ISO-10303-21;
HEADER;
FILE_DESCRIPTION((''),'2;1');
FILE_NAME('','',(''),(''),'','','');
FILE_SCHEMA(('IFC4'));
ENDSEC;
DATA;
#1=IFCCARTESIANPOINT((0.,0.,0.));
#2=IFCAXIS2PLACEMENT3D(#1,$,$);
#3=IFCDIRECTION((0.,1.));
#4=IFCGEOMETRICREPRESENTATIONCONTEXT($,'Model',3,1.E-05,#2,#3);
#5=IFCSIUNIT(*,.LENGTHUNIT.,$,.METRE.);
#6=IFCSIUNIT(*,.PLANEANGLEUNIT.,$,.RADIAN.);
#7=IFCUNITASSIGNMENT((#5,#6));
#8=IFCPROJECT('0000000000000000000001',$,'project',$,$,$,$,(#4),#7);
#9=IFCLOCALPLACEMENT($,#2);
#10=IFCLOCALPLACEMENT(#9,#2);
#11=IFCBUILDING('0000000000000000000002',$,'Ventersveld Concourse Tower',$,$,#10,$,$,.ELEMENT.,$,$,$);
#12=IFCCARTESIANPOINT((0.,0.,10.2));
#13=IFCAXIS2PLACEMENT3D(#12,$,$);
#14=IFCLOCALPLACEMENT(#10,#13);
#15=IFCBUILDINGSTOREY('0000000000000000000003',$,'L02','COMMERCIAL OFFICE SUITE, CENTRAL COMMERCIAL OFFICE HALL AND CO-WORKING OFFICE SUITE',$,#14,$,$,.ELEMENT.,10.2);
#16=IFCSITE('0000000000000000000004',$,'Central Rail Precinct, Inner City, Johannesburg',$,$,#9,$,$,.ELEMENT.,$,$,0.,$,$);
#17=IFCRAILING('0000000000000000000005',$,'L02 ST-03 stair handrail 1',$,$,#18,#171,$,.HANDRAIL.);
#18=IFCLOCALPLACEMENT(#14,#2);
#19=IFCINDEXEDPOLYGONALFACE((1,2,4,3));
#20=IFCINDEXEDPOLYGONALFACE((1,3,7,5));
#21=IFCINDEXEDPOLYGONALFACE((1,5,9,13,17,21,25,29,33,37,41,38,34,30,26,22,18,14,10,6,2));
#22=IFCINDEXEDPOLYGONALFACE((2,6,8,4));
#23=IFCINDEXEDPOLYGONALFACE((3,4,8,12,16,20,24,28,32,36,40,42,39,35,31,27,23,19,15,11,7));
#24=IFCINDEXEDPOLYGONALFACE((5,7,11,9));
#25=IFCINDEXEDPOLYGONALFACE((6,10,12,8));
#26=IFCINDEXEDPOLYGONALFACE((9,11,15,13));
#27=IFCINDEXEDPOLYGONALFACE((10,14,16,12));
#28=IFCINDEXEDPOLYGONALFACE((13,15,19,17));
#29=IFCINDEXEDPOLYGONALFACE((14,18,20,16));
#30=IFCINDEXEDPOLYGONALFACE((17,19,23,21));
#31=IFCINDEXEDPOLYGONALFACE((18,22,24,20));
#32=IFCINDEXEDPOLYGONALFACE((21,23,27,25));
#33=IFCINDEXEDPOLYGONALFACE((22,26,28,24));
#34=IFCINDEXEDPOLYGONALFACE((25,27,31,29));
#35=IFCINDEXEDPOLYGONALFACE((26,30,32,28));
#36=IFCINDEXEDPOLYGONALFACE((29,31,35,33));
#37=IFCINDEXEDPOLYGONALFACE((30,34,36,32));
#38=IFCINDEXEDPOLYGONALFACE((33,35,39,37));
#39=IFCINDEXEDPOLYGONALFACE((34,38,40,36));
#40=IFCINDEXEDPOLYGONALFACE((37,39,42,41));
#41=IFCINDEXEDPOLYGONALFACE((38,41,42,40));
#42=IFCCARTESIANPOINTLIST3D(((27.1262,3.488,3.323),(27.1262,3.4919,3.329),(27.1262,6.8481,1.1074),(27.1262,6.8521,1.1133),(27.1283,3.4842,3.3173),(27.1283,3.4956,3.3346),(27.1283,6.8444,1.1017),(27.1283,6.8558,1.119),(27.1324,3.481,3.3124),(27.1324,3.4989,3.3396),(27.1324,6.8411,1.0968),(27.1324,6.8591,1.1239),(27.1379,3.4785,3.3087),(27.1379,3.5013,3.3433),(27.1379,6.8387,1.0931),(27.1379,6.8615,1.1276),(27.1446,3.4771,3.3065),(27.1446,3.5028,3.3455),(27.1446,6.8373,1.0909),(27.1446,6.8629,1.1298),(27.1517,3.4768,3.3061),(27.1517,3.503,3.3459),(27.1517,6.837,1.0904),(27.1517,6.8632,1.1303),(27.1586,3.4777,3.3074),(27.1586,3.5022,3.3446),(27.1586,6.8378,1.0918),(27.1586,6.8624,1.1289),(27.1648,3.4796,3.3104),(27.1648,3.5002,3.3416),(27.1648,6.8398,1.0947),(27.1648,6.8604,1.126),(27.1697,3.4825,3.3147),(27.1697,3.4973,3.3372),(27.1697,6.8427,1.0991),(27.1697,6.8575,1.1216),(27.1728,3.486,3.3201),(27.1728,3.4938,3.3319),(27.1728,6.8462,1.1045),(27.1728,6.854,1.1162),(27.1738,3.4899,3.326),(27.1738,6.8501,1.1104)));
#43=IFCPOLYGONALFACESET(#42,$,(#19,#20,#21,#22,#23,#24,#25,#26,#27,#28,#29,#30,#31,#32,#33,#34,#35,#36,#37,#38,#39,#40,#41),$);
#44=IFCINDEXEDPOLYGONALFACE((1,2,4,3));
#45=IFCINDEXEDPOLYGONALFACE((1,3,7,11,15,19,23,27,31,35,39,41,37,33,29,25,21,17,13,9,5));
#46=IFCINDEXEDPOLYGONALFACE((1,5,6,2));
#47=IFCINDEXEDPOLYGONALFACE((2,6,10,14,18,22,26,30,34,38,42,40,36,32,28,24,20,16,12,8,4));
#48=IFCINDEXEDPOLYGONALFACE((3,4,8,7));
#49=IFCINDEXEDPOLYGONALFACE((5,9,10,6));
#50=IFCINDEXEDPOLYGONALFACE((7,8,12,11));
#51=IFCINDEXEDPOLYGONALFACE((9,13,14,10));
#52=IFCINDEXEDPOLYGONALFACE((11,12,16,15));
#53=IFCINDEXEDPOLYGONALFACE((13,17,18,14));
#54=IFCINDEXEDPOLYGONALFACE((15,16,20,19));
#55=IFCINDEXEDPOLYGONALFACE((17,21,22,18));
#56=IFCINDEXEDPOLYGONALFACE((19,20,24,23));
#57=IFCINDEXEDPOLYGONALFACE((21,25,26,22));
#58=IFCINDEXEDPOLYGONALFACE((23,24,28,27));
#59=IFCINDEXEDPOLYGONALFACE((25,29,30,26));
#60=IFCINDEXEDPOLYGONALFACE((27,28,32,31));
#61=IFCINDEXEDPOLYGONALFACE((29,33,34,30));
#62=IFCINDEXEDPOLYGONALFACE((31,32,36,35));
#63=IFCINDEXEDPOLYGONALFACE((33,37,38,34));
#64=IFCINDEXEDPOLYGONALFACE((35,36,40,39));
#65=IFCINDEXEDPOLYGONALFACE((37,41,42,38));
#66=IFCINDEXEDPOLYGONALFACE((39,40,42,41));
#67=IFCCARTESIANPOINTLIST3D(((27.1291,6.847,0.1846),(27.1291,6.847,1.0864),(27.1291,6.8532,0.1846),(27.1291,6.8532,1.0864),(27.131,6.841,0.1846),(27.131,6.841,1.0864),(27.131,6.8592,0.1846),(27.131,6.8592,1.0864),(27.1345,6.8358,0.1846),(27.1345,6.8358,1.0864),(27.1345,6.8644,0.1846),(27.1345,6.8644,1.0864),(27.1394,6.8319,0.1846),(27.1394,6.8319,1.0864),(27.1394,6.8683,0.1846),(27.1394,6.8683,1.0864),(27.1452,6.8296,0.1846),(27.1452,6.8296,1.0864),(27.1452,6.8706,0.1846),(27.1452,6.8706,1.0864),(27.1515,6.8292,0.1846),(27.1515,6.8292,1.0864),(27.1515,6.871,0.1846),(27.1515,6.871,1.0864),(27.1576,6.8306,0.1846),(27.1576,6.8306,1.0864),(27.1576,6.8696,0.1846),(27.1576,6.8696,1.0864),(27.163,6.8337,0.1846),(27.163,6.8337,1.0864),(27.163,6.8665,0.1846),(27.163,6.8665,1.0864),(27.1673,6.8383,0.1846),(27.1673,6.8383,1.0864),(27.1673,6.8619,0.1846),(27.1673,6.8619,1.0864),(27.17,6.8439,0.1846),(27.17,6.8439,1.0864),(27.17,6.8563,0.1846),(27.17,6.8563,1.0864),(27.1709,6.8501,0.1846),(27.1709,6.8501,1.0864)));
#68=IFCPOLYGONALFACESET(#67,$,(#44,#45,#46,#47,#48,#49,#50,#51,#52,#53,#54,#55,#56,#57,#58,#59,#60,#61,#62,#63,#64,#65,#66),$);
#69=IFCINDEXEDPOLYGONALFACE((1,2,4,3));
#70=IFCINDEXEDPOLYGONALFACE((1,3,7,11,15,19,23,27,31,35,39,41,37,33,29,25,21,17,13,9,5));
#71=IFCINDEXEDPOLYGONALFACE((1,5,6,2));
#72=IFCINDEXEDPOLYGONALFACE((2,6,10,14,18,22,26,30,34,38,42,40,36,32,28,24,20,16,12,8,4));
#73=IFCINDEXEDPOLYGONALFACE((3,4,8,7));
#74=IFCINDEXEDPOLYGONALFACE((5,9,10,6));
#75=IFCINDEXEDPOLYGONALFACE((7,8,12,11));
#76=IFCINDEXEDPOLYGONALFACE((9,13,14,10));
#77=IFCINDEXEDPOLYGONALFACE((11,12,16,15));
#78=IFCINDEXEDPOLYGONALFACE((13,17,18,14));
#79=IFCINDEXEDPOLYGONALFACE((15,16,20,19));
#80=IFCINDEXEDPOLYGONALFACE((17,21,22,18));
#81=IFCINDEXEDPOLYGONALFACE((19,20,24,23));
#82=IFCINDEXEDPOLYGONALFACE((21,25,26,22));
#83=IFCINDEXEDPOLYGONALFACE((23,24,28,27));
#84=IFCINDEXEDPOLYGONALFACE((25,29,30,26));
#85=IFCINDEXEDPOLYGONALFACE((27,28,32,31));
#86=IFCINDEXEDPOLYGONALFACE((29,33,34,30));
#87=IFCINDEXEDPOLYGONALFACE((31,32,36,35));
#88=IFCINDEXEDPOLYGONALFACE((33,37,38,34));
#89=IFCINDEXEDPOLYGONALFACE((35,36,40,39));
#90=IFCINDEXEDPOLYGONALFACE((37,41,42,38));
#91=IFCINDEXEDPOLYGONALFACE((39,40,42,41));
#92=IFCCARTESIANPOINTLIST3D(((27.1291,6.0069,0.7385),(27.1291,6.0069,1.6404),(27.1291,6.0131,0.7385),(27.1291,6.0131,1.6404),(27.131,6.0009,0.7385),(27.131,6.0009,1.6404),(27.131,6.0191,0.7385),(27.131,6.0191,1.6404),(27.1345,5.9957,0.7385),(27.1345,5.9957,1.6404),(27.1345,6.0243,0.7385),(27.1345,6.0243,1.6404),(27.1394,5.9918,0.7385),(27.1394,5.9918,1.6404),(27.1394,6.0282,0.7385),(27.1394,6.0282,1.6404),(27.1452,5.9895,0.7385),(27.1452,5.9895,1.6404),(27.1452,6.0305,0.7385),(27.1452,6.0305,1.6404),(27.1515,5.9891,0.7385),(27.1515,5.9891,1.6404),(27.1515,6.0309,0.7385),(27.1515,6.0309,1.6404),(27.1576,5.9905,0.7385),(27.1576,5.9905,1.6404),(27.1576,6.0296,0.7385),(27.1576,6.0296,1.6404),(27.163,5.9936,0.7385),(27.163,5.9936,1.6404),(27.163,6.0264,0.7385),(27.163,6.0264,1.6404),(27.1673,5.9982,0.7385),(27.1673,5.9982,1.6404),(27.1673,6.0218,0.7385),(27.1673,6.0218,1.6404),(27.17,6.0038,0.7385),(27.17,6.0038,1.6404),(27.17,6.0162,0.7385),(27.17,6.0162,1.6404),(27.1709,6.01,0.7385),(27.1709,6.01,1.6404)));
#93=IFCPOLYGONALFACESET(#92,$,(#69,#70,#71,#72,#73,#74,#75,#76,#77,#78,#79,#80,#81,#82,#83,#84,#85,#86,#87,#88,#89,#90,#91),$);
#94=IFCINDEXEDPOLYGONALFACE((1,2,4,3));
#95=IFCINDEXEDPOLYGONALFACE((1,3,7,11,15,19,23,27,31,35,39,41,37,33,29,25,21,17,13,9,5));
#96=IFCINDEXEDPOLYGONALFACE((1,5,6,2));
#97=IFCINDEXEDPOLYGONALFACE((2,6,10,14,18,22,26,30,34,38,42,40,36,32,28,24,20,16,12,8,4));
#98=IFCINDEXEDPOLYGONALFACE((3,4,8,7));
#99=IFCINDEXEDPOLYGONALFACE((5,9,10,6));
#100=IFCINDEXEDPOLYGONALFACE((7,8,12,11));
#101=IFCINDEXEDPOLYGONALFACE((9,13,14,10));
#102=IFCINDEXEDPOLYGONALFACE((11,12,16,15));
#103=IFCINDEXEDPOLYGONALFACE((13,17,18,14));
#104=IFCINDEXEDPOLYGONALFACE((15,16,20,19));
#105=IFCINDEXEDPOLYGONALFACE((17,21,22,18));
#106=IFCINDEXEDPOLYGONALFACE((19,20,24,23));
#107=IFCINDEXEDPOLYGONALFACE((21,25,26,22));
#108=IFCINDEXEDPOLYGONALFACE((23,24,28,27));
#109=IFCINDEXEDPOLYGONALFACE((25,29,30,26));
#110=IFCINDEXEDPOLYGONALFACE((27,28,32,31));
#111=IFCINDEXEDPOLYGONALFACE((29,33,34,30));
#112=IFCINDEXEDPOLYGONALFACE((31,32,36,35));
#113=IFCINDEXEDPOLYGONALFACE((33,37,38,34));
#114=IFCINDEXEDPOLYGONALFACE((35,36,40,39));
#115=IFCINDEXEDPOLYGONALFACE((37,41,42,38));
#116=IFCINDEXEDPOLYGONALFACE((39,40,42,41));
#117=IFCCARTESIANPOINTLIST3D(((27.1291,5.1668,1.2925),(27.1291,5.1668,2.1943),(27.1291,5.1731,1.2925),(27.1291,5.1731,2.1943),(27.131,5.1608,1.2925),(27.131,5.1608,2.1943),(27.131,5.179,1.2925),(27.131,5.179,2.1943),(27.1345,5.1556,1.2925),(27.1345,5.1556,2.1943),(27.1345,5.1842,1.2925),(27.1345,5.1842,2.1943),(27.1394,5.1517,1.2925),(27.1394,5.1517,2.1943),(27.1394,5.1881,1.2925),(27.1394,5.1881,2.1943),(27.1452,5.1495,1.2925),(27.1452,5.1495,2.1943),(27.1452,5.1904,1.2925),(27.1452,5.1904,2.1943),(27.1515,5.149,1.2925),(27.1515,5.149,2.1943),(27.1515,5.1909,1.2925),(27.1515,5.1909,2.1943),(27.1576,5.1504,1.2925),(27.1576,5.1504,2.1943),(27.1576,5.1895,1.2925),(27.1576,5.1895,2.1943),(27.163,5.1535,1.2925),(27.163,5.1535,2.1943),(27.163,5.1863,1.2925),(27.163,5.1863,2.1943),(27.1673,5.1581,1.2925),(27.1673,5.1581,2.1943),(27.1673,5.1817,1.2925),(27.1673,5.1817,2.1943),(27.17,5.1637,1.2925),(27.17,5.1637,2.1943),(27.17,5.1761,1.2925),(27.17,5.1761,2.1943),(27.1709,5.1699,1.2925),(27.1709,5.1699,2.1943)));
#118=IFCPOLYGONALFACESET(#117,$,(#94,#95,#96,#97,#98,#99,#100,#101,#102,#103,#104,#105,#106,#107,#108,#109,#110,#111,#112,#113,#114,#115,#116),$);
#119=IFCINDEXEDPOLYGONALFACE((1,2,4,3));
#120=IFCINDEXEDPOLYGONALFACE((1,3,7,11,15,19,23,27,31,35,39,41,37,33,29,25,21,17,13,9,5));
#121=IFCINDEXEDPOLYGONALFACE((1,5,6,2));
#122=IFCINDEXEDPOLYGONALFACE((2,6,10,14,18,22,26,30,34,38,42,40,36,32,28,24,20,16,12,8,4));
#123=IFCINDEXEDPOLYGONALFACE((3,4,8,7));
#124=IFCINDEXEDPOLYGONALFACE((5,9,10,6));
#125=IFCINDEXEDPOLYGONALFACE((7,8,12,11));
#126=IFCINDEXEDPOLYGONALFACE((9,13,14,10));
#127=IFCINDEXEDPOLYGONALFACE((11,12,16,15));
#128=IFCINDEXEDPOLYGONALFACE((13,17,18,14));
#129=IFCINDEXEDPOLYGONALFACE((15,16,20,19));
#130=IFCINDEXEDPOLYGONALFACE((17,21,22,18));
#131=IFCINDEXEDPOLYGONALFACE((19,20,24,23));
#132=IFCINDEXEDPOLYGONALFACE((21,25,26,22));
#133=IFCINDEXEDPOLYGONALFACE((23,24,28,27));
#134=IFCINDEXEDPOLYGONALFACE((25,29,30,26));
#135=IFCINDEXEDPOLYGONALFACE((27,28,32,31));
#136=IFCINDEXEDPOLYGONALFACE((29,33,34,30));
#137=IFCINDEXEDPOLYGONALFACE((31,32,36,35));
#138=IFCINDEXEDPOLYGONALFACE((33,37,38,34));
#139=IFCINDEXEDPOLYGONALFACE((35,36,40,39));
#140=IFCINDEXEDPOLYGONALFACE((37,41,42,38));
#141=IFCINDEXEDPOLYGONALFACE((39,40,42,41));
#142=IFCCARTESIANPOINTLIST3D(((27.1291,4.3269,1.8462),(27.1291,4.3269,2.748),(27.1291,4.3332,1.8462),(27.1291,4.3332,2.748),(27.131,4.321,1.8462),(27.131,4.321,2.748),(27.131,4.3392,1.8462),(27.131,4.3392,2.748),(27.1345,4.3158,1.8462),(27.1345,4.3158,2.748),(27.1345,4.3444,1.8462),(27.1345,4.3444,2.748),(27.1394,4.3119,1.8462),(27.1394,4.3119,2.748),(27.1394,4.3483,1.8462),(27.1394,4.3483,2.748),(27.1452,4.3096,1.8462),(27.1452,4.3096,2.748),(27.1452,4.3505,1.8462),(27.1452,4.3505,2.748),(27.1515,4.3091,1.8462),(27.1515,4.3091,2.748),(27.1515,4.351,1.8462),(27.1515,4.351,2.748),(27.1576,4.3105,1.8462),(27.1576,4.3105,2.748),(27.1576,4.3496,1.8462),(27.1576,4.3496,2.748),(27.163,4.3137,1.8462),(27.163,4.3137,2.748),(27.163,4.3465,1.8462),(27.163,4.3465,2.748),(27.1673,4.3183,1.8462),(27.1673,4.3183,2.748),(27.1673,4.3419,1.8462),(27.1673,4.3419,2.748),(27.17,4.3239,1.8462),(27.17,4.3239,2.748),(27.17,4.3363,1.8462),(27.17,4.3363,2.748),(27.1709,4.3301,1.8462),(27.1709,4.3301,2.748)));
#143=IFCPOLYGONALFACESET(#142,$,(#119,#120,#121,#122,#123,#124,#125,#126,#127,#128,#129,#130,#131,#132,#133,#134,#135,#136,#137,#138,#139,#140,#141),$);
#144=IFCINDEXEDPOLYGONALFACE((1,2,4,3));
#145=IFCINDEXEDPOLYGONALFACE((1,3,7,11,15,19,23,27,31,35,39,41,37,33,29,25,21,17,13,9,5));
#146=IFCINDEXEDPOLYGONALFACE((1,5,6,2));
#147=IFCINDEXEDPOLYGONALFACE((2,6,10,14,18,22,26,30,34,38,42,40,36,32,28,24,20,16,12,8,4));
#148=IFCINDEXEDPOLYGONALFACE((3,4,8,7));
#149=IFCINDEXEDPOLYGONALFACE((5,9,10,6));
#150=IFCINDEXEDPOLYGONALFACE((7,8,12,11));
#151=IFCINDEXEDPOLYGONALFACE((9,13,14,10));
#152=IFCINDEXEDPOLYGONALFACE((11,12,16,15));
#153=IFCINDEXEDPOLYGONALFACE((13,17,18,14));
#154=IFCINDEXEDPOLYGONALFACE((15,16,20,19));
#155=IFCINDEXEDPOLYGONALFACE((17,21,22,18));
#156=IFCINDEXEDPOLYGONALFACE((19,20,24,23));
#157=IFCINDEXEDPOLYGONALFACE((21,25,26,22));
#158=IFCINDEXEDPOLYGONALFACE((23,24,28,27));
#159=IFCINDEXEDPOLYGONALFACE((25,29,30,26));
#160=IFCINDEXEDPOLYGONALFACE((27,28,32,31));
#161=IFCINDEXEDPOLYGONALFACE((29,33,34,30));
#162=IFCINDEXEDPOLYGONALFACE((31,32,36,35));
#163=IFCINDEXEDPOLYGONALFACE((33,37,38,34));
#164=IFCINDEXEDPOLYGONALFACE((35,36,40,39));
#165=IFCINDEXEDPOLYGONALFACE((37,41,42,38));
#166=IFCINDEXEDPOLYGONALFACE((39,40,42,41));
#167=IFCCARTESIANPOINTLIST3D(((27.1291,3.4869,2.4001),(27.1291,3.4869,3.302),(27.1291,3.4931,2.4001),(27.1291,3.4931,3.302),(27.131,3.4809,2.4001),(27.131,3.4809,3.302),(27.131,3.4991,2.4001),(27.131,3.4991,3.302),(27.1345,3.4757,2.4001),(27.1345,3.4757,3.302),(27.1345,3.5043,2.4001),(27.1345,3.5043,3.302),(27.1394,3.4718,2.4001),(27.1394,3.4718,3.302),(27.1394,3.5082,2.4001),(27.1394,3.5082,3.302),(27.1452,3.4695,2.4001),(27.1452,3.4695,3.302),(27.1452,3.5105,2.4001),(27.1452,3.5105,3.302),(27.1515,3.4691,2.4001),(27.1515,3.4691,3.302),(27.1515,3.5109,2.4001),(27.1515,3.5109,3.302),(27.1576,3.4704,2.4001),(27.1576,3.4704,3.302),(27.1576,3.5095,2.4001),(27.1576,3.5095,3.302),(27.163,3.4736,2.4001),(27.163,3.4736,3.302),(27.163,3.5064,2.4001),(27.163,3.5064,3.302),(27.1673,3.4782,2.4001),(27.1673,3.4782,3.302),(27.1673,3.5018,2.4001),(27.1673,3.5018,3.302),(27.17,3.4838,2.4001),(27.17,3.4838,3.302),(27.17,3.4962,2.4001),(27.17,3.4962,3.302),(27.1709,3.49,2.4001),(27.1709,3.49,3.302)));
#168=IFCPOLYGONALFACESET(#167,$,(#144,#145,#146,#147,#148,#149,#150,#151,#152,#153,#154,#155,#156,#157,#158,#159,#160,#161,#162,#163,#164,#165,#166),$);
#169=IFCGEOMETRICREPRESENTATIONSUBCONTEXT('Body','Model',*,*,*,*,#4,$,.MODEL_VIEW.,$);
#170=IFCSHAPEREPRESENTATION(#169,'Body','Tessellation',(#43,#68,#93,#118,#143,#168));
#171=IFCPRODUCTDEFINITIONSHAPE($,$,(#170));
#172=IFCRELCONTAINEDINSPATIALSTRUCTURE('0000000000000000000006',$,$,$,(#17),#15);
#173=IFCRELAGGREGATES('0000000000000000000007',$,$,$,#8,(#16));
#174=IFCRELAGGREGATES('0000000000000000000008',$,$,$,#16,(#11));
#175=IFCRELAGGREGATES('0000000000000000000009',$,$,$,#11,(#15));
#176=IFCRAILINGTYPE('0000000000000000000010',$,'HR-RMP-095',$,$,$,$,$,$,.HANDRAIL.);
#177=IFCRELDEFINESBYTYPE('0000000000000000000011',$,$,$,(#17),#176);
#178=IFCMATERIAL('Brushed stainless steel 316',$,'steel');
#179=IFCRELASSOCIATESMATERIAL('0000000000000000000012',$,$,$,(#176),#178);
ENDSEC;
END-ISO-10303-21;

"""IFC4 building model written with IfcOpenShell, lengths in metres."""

from ifc_helpers import new_model, si_unit, direction, frame, origin, origin_2d, place, context, subcontext, project, spatial, circle, extrude, material, type_object, element, save


model = new_model("IFC4")

# Units and contexts
model_context = context("Model", 3, precision=1e-05, world=origin(), true_north=direction((0.0, 1.0)))
body_context = subcontext(model_context, "Body", "Model", "MODEL_VIEW")
ifc_project = project(units=[si_unit("LENGTHUNIT", "METRE"), si_unit("PLANEANGLEUNIT", "RADIAN")], contexts=[model_context])

# Site, building, storey
site_placement = place(None, origin())
site = spatial("IfcSite", under=ifc_project, at=site_placement, Name="Central Rail Precinct, Inner City, Johannesburg", CompositionType="ELEMENT", RefElevation=0.0)
building_placement = place(site_placement, origin())
building = spatial("IfcBuilding", under=site, at=building_placement, Name="Ventersveld Concourse Tower", CompositionType="ELEMENT")
storey_placement = place(building_placement, frame((0.0, 0.0, 10.2)))
storey = spatial("IfcBuildingStorey", under=building, at=storey_placement, Name="L02", Description="COMMERCIAL OFFICE SUITE, CENTRAL COMMERCIAL OFFICE HALL AND CO-WORKING OFFICE SUITE", CompositionType="ELEMENT", Elevation=10.2)

# Railing
ifc_material_1 = material(Name="Brushed stainless steel 316", Category="steel")
railing_type_1 = type_object("IfcRailingType", Name="HR-RMP-095", PredefinedType="HANDRAIL", material=ifc_material_1)
railing_1_placement = place(storey_placement, frame((27.1499, 6.8501, 0.1846)))
element("IfcRailing", 1, at=railing_1_placement, inside=storey, type_object=railing_type_1, Name="L02 ST-03 stair handrail 1", PredefinedType="HANDRAIL", context=body_context, shape_type="SweptSolid", body=[
    extrude(circle(Radius=0.0239, at=origin_2d()), frame((0.0, 0.0, 0.9258), z_axis=(0.0, -0.834849, 0.55048), x_axis=(1.0, 0.0, 0.0)), (0.0, 0.0, 1.0), 4.0249),
    extrude(circle(Radius=0.021, at=origin_2d()), origin(), (0.0, 0.0, 1.0), 0.9019),
    extrude(circle(Radius=0.021, at=origin_2d()), frame((0.0, -0.8401, 0.554)), (0.0, 0.0, 1.0), 0.9019),
    extrude(circle(Radius=0.021, at=origin_2d()), frame((0.0, -1.6802, 1.1079)), (0.0, 0.0, 1.0), 0.9019),
    extrude(circle(Radius=0.021, at=origin_2d()), frame((0.0, -2.52, 1.6616)), (0.0, 0.0, 1.0), 0.9019),
    extrude(circle(Radius=0.021, at=origin_2d()), frame((0.0, -3.3601, 2.2156)), (0.0, 0.0, 1.0), 0.9019),
])

save(model, "model.ifc")
